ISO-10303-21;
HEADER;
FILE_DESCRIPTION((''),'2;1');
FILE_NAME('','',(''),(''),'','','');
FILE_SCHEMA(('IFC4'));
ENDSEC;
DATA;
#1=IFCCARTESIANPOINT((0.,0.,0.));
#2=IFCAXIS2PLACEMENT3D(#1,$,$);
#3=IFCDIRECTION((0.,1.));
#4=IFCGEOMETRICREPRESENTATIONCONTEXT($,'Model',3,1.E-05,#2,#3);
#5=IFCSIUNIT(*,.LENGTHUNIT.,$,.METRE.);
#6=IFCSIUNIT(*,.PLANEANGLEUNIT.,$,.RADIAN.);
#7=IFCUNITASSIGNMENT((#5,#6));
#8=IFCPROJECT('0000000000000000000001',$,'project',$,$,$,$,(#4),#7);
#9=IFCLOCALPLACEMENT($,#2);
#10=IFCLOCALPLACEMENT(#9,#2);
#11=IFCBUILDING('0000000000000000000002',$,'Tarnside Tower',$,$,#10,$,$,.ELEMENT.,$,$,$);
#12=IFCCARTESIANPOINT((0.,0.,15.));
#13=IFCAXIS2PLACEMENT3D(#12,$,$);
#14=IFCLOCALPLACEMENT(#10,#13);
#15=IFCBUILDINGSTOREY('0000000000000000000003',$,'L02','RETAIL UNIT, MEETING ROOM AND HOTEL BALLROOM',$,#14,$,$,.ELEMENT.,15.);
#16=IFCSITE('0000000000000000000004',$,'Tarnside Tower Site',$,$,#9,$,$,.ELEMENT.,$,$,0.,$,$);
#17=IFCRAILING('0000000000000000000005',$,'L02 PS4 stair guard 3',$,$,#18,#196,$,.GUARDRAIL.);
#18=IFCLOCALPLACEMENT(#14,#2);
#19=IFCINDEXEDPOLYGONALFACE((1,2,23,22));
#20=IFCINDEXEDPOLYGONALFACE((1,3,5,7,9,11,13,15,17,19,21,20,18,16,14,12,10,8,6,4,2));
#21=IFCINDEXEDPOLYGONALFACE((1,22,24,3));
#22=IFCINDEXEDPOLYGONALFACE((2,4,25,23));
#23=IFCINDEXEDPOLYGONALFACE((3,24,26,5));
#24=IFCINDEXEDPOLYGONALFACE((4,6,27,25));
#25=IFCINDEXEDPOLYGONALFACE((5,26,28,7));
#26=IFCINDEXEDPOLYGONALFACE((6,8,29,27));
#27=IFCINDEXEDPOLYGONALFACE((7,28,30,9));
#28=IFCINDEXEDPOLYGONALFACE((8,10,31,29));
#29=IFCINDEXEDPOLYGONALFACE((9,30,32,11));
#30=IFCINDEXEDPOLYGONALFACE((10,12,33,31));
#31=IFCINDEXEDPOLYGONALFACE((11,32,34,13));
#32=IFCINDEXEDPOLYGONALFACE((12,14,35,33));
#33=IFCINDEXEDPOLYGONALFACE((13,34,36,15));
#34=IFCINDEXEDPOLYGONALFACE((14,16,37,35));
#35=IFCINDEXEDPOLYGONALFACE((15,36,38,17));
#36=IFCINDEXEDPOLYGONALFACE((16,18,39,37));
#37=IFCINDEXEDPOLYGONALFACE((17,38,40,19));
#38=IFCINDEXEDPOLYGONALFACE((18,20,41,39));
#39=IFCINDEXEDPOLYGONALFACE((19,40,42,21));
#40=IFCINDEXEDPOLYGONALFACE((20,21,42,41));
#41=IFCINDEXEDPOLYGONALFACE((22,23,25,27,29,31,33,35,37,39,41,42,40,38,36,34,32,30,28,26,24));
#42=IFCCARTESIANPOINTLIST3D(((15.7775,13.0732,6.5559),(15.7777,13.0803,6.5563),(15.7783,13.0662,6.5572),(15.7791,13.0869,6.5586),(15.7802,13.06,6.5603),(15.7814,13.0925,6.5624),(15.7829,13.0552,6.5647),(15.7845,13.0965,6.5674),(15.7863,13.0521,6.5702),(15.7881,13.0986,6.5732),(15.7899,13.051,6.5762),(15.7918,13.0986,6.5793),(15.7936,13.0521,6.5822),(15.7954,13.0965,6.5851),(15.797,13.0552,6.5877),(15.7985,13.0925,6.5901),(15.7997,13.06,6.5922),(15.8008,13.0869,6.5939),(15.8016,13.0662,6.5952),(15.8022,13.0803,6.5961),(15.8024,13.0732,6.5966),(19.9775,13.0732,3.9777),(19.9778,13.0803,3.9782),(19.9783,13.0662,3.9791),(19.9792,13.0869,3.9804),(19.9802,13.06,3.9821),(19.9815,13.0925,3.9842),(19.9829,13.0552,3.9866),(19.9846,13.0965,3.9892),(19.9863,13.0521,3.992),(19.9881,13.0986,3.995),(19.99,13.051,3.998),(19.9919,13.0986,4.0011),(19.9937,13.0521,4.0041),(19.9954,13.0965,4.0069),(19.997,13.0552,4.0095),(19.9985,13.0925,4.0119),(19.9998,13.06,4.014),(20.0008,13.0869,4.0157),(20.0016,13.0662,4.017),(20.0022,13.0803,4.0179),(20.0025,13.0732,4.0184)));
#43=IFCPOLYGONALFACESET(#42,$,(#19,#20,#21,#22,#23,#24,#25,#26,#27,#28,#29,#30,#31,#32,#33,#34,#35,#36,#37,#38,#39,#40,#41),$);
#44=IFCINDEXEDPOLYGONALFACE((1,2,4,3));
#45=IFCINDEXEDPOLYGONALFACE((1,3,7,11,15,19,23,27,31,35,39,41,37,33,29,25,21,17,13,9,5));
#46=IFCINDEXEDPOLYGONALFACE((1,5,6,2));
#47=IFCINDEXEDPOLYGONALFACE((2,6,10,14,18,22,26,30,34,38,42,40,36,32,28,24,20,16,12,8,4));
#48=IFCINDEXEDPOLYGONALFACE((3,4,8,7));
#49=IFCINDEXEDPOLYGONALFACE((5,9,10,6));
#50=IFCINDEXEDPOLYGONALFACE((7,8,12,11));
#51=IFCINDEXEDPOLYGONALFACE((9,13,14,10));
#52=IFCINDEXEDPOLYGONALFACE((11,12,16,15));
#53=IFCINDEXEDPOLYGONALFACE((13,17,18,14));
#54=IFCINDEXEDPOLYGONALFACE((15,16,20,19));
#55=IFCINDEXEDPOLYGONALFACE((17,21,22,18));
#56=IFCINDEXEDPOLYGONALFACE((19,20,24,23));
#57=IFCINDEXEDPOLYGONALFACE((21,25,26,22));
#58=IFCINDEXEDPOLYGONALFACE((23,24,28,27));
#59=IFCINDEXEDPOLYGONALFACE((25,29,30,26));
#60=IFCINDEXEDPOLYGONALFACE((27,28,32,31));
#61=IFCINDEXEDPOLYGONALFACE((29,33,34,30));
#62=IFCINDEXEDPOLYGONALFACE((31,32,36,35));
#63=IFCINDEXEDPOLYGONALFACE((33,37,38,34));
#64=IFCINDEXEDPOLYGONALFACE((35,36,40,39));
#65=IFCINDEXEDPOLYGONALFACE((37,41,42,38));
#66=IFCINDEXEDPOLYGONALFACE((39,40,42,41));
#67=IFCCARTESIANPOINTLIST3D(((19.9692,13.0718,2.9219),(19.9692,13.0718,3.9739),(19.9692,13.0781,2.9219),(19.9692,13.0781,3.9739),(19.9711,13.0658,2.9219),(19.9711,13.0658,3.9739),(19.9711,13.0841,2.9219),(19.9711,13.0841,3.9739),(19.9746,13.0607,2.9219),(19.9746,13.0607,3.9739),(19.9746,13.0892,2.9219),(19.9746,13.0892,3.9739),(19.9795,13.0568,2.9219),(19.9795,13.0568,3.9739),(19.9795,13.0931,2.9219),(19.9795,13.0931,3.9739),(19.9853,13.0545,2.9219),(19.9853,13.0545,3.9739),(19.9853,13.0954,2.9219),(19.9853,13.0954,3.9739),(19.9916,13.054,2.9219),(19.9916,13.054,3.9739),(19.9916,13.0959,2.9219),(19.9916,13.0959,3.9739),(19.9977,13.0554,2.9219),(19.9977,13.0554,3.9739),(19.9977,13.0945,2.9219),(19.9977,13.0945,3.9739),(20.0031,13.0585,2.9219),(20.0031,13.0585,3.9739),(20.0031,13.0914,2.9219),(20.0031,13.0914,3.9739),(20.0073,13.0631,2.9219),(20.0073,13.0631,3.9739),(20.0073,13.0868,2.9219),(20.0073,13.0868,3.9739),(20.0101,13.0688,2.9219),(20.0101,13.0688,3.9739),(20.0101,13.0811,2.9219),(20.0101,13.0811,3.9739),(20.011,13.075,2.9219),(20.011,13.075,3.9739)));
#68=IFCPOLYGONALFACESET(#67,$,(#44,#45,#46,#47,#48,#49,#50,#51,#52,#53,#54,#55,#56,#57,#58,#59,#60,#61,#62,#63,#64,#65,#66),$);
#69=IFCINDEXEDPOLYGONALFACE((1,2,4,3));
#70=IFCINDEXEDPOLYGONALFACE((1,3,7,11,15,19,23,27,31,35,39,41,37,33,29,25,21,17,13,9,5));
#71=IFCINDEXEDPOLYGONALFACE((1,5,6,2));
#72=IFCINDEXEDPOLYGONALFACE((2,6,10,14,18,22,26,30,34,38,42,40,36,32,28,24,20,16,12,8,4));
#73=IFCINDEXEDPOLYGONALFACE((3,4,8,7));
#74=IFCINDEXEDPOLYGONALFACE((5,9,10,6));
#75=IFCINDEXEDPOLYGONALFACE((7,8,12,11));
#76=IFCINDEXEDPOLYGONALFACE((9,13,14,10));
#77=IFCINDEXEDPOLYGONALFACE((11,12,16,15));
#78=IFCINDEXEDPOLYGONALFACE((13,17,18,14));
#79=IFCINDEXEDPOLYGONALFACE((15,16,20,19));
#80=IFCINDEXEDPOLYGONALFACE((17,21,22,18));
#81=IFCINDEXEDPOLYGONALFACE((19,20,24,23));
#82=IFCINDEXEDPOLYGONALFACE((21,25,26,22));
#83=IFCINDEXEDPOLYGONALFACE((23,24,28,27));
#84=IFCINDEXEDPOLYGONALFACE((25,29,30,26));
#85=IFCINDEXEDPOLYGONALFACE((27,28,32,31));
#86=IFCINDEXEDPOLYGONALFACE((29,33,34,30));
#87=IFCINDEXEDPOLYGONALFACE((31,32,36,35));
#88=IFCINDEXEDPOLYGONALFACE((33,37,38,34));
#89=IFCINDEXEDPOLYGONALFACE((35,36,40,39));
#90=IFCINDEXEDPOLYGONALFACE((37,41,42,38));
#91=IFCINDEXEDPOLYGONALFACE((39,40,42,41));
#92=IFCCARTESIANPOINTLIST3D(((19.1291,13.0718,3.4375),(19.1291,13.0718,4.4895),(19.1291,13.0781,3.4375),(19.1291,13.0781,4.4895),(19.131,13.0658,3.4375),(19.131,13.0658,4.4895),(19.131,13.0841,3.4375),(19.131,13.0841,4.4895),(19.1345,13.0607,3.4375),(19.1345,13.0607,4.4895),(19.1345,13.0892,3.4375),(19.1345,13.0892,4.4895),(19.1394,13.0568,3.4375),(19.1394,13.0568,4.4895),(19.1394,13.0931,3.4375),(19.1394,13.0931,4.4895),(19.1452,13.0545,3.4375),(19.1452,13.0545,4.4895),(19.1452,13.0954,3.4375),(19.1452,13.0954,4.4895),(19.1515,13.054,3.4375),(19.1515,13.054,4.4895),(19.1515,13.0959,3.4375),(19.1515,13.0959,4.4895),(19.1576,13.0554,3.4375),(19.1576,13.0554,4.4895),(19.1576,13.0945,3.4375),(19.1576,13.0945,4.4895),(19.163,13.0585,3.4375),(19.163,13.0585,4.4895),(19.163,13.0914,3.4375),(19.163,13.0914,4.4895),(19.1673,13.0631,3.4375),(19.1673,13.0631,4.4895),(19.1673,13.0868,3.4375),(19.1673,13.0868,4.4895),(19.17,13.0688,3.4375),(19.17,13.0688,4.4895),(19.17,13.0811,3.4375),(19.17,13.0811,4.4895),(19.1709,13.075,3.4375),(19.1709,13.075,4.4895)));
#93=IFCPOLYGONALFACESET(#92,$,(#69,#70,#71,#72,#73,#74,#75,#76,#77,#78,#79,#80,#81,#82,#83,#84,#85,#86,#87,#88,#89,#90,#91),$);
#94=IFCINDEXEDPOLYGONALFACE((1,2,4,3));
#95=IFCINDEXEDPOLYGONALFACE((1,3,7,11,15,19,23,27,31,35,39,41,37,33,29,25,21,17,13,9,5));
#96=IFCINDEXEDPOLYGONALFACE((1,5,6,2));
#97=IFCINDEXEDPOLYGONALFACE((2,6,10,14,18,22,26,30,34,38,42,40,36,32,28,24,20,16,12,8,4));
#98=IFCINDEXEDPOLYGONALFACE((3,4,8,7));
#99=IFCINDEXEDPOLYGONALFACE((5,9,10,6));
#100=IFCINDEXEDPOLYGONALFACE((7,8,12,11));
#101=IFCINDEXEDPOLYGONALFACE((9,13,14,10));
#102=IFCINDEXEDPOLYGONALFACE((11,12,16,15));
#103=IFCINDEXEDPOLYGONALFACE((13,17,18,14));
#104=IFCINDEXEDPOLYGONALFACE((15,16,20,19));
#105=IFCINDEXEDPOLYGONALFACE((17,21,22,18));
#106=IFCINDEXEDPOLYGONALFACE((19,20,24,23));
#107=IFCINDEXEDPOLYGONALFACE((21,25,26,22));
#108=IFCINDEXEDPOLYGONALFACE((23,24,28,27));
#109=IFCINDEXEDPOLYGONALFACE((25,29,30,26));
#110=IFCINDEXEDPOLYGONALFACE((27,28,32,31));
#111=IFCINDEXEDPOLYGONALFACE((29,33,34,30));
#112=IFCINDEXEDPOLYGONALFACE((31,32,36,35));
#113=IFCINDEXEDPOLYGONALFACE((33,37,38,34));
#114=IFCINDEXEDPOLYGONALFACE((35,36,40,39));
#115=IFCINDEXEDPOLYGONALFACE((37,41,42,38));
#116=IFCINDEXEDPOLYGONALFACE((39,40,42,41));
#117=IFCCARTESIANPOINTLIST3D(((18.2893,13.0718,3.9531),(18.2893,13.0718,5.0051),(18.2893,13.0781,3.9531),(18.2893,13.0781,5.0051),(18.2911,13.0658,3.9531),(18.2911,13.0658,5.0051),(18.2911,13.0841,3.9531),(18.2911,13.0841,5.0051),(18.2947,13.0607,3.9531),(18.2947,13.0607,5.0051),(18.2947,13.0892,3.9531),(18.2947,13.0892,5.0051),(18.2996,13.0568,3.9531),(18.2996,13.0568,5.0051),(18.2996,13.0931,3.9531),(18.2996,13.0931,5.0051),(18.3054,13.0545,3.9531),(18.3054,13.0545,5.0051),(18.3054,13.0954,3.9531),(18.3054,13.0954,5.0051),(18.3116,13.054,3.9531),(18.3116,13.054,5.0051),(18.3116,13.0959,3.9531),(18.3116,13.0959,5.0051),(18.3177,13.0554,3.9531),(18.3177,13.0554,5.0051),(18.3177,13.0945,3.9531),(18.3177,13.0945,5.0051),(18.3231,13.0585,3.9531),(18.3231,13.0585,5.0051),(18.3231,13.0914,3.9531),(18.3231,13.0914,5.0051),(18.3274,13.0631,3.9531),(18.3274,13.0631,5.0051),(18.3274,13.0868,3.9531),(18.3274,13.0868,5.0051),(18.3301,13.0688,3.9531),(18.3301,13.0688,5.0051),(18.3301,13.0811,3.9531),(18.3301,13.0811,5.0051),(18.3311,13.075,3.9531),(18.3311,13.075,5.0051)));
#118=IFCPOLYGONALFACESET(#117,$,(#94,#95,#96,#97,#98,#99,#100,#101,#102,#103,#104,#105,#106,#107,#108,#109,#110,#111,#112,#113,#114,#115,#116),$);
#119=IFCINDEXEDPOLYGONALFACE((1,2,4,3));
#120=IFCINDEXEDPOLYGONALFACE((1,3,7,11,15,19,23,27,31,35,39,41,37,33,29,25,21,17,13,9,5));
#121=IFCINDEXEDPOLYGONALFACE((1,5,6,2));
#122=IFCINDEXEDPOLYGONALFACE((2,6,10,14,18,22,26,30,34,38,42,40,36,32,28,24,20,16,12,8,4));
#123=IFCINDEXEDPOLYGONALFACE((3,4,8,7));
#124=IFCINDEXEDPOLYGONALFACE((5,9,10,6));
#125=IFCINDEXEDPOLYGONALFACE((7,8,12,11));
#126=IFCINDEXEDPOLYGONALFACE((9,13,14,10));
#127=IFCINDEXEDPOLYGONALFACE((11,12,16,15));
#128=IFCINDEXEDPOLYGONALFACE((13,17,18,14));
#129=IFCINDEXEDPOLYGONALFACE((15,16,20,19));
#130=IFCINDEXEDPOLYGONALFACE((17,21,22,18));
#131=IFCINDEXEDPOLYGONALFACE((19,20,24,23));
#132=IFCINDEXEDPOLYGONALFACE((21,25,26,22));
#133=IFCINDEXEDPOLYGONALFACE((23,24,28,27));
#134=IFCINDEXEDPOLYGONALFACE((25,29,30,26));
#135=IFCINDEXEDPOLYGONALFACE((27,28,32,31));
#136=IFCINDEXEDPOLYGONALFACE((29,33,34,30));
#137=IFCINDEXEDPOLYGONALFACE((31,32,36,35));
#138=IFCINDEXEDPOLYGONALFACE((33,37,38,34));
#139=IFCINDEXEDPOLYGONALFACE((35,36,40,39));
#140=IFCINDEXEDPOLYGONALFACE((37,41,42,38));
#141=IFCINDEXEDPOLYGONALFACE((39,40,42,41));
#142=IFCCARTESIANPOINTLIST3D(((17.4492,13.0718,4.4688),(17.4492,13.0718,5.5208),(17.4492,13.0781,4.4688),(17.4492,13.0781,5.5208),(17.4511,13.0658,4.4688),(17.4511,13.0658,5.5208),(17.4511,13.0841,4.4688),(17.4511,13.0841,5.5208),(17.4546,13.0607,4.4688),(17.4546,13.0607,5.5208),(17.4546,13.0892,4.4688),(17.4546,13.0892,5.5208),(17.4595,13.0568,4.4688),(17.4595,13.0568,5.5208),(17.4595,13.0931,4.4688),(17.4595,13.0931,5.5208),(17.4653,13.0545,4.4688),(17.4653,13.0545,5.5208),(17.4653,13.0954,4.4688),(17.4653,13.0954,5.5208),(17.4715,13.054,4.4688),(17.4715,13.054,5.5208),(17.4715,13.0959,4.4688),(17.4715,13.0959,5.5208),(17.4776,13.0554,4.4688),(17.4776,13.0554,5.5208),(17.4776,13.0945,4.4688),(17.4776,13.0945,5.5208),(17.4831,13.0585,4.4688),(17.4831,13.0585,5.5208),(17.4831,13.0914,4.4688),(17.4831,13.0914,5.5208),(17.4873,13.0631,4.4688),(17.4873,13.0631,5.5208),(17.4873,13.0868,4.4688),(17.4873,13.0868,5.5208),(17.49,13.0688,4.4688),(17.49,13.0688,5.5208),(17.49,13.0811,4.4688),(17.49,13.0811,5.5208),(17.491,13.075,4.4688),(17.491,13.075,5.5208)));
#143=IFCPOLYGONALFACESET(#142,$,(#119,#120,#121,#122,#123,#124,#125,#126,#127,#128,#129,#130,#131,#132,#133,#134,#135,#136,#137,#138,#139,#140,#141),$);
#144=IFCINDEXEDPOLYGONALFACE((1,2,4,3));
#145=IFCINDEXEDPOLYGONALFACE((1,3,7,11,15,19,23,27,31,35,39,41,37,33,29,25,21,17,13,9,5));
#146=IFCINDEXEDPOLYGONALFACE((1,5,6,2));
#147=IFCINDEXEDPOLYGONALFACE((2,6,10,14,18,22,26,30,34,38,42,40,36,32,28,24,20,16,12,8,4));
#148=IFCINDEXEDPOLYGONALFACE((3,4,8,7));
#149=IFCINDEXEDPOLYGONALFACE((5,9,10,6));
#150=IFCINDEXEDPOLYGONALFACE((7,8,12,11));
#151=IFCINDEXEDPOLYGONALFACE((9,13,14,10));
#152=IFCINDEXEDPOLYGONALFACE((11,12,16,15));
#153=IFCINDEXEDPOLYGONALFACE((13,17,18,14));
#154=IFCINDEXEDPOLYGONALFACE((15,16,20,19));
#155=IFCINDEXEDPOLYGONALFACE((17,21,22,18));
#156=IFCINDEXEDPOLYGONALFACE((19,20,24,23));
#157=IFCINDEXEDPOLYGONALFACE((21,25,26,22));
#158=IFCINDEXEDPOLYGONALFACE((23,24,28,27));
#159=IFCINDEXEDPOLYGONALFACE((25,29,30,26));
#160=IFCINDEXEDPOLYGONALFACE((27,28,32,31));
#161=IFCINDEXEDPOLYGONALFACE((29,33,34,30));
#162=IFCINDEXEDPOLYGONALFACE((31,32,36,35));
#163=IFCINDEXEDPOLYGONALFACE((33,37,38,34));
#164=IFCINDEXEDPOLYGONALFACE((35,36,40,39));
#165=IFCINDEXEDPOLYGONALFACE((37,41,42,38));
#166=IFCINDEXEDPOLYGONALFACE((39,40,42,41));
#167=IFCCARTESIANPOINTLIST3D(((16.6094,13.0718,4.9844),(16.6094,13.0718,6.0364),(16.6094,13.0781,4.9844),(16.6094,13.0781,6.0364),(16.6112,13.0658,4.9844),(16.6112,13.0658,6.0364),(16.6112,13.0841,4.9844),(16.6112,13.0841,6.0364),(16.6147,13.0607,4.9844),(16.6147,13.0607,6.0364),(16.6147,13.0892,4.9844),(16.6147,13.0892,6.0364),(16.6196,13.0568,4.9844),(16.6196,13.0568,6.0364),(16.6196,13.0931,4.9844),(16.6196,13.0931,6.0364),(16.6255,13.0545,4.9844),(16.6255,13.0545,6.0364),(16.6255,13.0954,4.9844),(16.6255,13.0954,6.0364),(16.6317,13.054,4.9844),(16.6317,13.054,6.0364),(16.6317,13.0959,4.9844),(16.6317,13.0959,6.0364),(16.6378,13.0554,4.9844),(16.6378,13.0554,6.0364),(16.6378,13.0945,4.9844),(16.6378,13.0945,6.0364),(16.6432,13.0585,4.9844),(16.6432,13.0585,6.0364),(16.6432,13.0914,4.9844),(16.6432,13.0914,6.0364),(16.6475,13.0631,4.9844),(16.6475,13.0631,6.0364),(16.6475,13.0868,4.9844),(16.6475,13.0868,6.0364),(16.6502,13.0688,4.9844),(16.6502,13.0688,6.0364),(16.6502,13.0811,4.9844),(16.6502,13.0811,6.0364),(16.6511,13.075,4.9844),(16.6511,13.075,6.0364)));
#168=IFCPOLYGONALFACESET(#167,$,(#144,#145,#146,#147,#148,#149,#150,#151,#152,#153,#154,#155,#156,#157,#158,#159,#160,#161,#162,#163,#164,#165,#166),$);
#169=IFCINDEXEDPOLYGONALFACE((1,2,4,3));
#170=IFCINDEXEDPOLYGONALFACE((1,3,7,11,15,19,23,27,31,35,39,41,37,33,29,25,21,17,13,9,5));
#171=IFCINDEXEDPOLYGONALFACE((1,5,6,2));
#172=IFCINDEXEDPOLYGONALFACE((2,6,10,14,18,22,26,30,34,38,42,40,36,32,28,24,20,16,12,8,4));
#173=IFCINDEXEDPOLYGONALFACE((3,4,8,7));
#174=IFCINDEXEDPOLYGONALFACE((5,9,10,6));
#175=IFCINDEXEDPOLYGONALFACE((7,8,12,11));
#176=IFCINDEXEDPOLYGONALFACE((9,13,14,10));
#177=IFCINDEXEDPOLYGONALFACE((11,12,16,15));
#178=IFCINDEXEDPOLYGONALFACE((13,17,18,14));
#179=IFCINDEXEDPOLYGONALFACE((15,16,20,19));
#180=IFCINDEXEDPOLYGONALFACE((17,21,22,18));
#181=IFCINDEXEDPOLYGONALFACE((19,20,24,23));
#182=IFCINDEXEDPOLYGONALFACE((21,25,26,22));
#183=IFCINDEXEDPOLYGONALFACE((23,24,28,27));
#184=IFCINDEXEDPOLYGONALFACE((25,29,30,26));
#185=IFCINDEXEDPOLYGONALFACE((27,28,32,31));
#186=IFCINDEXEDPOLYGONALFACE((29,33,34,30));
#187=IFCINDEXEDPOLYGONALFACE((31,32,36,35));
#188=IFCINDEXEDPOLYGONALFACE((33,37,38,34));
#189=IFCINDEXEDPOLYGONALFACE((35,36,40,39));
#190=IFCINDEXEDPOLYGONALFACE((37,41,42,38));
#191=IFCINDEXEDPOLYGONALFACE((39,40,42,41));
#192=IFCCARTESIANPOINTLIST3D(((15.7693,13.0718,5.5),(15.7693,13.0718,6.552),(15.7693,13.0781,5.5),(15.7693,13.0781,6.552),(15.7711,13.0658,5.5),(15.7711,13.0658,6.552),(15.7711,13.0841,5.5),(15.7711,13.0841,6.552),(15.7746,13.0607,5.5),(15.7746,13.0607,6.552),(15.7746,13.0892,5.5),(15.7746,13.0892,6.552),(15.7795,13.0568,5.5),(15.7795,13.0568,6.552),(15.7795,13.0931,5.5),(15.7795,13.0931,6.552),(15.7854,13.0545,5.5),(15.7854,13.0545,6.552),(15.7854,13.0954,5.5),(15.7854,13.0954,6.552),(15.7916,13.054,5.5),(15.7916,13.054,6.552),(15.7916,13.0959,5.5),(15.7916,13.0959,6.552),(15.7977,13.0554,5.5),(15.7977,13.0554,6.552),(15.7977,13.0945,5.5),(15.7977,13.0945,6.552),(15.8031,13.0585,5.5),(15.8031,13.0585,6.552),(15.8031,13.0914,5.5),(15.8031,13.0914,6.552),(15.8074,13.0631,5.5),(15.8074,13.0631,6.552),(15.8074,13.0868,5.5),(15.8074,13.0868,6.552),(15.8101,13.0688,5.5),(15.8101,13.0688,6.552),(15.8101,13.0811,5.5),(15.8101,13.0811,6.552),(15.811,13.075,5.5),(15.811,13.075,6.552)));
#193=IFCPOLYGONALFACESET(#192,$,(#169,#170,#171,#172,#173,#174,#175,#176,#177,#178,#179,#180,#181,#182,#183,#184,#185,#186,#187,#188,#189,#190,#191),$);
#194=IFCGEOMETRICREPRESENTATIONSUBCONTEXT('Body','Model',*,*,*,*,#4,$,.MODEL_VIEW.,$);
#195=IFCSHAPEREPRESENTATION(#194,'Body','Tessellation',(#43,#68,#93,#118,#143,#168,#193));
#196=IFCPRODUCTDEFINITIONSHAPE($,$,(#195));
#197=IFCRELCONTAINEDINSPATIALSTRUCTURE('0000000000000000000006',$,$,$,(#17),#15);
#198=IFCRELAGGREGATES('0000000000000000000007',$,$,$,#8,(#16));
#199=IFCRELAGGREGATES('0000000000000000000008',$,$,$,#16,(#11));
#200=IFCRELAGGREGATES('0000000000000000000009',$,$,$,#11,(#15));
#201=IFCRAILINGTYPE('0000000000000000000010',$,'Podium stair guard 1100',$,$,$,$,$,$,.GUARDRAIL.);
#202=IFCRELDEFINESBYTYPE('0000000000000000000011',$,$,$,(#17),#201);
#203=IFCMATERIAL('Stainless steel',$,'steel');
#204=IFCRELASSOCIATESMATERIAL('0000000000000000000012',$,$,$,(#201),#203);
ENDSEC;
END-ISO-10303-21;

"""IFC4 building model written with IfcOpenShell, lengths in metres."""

from ifc_helpers import new_model, si_unit, direction, frame, origin, origin_2d, place, context, subcontext, project, spatial, circle, extrude, material, type_object, element, save


model = new_model("IFC4")

# Units and contexts
model_context = context("Model", 3, precision=1e-05, world=origin(), true_north=direction((0.0, 1.0)))
body_context = subcontext(model_context, "Body", "Model", "MODEL_VIEW")
ifc_project = project(units=[si_unit("LENGTHUNIT", "METRE"), si_unit("PLANEANGLEUNIT", "RADIAN")], contexts=[model_context])

# Site, building, storey
site_placement = place(None, origin())
site = spatial("IfcSite", under=ifc_project, at=site_placement, Name="Tarnside Tower Site", CompositionType="ELEMENT", RefElevation=0.0)
building_placement = place(site_placement, origin())
building = spatial("IfcBuilding", under=site, at=building_placement, Name="Tarnside Tower", CompositionType="ELEMENT")
storey_placement = place(building_placement, frame((0.0, 0.0, 15.0)))
storey = spatial("IfcBuildingStorey", under=building, at=storey_placement, Name="L02", Description="RETAIL UNIT, MEETING ROOM AND HOTEL BALLROOM", CompositionType="ELEMENT", Elevation=15.0)

# Railing
ifc_material_1 = material(Name="Stainless steel", Category="steel")
railing_type_1 = type_object("IfcRailingType", Name="Podium stair guard 1100", PredefinedType="GUARDRAIL", material=ifc_material_1)
railing_1_placement = place(storey_placement, frame((19.99, 13.075, 2.9219)))
element("IfcRailing", 1, at=railing_1_placement, inside=storey, type_object=railing_type_1, Name="L02 PS4 stair guard 3", PredefinedType="GUARDRAIL", context=body_context, shape_type="SweptSolid", body=[
    extrude(circle(Radius=0.0239, at=origin_2d()), frame((0.0, 0.0, 1.0762), z_axis=(-0.852243, 0.0, 0.523146), x_axis=(0.0, -1.0, 0.0)), (0.0, 0.0, 1.0), 4.9282),
    extrude(circle(Radius=0.021, at=origin_2d()), origin(), (0.0, 0.0, 1.0), 1.052),
    extrude(circle(Radius=0.021, at=origin_2d()), frame((-0.8401, 0.0, 0.5156)), (0.0, 0.0, 1.0), 1.052),
    extrude(circle(Radius=0.021, at=origin_2d()), frame((-1.6799, 0.0, 1.0312)), (0.0, 0.0, 1.0), 1.052),
    extrude(circle(Radius=0.021, at=origin_2d()), frame((-2.52, 0.0, 1.5469)), (0.0, 0.0, 1.0), 1.052),
    extrude(circle(Radius=0.021, at=origin_2d()), frame((-3.3599, 0.0, 2.0625)), (0.0, 0.0, 1.0), 1.052),
    extrude(circle(Radius=0.021, at=origin_2d()), frame((-4.2, 0.0, 2.5781)), (0.0, 0.0, 1.0), 1.052),
])

save(model, "model.ifc")
